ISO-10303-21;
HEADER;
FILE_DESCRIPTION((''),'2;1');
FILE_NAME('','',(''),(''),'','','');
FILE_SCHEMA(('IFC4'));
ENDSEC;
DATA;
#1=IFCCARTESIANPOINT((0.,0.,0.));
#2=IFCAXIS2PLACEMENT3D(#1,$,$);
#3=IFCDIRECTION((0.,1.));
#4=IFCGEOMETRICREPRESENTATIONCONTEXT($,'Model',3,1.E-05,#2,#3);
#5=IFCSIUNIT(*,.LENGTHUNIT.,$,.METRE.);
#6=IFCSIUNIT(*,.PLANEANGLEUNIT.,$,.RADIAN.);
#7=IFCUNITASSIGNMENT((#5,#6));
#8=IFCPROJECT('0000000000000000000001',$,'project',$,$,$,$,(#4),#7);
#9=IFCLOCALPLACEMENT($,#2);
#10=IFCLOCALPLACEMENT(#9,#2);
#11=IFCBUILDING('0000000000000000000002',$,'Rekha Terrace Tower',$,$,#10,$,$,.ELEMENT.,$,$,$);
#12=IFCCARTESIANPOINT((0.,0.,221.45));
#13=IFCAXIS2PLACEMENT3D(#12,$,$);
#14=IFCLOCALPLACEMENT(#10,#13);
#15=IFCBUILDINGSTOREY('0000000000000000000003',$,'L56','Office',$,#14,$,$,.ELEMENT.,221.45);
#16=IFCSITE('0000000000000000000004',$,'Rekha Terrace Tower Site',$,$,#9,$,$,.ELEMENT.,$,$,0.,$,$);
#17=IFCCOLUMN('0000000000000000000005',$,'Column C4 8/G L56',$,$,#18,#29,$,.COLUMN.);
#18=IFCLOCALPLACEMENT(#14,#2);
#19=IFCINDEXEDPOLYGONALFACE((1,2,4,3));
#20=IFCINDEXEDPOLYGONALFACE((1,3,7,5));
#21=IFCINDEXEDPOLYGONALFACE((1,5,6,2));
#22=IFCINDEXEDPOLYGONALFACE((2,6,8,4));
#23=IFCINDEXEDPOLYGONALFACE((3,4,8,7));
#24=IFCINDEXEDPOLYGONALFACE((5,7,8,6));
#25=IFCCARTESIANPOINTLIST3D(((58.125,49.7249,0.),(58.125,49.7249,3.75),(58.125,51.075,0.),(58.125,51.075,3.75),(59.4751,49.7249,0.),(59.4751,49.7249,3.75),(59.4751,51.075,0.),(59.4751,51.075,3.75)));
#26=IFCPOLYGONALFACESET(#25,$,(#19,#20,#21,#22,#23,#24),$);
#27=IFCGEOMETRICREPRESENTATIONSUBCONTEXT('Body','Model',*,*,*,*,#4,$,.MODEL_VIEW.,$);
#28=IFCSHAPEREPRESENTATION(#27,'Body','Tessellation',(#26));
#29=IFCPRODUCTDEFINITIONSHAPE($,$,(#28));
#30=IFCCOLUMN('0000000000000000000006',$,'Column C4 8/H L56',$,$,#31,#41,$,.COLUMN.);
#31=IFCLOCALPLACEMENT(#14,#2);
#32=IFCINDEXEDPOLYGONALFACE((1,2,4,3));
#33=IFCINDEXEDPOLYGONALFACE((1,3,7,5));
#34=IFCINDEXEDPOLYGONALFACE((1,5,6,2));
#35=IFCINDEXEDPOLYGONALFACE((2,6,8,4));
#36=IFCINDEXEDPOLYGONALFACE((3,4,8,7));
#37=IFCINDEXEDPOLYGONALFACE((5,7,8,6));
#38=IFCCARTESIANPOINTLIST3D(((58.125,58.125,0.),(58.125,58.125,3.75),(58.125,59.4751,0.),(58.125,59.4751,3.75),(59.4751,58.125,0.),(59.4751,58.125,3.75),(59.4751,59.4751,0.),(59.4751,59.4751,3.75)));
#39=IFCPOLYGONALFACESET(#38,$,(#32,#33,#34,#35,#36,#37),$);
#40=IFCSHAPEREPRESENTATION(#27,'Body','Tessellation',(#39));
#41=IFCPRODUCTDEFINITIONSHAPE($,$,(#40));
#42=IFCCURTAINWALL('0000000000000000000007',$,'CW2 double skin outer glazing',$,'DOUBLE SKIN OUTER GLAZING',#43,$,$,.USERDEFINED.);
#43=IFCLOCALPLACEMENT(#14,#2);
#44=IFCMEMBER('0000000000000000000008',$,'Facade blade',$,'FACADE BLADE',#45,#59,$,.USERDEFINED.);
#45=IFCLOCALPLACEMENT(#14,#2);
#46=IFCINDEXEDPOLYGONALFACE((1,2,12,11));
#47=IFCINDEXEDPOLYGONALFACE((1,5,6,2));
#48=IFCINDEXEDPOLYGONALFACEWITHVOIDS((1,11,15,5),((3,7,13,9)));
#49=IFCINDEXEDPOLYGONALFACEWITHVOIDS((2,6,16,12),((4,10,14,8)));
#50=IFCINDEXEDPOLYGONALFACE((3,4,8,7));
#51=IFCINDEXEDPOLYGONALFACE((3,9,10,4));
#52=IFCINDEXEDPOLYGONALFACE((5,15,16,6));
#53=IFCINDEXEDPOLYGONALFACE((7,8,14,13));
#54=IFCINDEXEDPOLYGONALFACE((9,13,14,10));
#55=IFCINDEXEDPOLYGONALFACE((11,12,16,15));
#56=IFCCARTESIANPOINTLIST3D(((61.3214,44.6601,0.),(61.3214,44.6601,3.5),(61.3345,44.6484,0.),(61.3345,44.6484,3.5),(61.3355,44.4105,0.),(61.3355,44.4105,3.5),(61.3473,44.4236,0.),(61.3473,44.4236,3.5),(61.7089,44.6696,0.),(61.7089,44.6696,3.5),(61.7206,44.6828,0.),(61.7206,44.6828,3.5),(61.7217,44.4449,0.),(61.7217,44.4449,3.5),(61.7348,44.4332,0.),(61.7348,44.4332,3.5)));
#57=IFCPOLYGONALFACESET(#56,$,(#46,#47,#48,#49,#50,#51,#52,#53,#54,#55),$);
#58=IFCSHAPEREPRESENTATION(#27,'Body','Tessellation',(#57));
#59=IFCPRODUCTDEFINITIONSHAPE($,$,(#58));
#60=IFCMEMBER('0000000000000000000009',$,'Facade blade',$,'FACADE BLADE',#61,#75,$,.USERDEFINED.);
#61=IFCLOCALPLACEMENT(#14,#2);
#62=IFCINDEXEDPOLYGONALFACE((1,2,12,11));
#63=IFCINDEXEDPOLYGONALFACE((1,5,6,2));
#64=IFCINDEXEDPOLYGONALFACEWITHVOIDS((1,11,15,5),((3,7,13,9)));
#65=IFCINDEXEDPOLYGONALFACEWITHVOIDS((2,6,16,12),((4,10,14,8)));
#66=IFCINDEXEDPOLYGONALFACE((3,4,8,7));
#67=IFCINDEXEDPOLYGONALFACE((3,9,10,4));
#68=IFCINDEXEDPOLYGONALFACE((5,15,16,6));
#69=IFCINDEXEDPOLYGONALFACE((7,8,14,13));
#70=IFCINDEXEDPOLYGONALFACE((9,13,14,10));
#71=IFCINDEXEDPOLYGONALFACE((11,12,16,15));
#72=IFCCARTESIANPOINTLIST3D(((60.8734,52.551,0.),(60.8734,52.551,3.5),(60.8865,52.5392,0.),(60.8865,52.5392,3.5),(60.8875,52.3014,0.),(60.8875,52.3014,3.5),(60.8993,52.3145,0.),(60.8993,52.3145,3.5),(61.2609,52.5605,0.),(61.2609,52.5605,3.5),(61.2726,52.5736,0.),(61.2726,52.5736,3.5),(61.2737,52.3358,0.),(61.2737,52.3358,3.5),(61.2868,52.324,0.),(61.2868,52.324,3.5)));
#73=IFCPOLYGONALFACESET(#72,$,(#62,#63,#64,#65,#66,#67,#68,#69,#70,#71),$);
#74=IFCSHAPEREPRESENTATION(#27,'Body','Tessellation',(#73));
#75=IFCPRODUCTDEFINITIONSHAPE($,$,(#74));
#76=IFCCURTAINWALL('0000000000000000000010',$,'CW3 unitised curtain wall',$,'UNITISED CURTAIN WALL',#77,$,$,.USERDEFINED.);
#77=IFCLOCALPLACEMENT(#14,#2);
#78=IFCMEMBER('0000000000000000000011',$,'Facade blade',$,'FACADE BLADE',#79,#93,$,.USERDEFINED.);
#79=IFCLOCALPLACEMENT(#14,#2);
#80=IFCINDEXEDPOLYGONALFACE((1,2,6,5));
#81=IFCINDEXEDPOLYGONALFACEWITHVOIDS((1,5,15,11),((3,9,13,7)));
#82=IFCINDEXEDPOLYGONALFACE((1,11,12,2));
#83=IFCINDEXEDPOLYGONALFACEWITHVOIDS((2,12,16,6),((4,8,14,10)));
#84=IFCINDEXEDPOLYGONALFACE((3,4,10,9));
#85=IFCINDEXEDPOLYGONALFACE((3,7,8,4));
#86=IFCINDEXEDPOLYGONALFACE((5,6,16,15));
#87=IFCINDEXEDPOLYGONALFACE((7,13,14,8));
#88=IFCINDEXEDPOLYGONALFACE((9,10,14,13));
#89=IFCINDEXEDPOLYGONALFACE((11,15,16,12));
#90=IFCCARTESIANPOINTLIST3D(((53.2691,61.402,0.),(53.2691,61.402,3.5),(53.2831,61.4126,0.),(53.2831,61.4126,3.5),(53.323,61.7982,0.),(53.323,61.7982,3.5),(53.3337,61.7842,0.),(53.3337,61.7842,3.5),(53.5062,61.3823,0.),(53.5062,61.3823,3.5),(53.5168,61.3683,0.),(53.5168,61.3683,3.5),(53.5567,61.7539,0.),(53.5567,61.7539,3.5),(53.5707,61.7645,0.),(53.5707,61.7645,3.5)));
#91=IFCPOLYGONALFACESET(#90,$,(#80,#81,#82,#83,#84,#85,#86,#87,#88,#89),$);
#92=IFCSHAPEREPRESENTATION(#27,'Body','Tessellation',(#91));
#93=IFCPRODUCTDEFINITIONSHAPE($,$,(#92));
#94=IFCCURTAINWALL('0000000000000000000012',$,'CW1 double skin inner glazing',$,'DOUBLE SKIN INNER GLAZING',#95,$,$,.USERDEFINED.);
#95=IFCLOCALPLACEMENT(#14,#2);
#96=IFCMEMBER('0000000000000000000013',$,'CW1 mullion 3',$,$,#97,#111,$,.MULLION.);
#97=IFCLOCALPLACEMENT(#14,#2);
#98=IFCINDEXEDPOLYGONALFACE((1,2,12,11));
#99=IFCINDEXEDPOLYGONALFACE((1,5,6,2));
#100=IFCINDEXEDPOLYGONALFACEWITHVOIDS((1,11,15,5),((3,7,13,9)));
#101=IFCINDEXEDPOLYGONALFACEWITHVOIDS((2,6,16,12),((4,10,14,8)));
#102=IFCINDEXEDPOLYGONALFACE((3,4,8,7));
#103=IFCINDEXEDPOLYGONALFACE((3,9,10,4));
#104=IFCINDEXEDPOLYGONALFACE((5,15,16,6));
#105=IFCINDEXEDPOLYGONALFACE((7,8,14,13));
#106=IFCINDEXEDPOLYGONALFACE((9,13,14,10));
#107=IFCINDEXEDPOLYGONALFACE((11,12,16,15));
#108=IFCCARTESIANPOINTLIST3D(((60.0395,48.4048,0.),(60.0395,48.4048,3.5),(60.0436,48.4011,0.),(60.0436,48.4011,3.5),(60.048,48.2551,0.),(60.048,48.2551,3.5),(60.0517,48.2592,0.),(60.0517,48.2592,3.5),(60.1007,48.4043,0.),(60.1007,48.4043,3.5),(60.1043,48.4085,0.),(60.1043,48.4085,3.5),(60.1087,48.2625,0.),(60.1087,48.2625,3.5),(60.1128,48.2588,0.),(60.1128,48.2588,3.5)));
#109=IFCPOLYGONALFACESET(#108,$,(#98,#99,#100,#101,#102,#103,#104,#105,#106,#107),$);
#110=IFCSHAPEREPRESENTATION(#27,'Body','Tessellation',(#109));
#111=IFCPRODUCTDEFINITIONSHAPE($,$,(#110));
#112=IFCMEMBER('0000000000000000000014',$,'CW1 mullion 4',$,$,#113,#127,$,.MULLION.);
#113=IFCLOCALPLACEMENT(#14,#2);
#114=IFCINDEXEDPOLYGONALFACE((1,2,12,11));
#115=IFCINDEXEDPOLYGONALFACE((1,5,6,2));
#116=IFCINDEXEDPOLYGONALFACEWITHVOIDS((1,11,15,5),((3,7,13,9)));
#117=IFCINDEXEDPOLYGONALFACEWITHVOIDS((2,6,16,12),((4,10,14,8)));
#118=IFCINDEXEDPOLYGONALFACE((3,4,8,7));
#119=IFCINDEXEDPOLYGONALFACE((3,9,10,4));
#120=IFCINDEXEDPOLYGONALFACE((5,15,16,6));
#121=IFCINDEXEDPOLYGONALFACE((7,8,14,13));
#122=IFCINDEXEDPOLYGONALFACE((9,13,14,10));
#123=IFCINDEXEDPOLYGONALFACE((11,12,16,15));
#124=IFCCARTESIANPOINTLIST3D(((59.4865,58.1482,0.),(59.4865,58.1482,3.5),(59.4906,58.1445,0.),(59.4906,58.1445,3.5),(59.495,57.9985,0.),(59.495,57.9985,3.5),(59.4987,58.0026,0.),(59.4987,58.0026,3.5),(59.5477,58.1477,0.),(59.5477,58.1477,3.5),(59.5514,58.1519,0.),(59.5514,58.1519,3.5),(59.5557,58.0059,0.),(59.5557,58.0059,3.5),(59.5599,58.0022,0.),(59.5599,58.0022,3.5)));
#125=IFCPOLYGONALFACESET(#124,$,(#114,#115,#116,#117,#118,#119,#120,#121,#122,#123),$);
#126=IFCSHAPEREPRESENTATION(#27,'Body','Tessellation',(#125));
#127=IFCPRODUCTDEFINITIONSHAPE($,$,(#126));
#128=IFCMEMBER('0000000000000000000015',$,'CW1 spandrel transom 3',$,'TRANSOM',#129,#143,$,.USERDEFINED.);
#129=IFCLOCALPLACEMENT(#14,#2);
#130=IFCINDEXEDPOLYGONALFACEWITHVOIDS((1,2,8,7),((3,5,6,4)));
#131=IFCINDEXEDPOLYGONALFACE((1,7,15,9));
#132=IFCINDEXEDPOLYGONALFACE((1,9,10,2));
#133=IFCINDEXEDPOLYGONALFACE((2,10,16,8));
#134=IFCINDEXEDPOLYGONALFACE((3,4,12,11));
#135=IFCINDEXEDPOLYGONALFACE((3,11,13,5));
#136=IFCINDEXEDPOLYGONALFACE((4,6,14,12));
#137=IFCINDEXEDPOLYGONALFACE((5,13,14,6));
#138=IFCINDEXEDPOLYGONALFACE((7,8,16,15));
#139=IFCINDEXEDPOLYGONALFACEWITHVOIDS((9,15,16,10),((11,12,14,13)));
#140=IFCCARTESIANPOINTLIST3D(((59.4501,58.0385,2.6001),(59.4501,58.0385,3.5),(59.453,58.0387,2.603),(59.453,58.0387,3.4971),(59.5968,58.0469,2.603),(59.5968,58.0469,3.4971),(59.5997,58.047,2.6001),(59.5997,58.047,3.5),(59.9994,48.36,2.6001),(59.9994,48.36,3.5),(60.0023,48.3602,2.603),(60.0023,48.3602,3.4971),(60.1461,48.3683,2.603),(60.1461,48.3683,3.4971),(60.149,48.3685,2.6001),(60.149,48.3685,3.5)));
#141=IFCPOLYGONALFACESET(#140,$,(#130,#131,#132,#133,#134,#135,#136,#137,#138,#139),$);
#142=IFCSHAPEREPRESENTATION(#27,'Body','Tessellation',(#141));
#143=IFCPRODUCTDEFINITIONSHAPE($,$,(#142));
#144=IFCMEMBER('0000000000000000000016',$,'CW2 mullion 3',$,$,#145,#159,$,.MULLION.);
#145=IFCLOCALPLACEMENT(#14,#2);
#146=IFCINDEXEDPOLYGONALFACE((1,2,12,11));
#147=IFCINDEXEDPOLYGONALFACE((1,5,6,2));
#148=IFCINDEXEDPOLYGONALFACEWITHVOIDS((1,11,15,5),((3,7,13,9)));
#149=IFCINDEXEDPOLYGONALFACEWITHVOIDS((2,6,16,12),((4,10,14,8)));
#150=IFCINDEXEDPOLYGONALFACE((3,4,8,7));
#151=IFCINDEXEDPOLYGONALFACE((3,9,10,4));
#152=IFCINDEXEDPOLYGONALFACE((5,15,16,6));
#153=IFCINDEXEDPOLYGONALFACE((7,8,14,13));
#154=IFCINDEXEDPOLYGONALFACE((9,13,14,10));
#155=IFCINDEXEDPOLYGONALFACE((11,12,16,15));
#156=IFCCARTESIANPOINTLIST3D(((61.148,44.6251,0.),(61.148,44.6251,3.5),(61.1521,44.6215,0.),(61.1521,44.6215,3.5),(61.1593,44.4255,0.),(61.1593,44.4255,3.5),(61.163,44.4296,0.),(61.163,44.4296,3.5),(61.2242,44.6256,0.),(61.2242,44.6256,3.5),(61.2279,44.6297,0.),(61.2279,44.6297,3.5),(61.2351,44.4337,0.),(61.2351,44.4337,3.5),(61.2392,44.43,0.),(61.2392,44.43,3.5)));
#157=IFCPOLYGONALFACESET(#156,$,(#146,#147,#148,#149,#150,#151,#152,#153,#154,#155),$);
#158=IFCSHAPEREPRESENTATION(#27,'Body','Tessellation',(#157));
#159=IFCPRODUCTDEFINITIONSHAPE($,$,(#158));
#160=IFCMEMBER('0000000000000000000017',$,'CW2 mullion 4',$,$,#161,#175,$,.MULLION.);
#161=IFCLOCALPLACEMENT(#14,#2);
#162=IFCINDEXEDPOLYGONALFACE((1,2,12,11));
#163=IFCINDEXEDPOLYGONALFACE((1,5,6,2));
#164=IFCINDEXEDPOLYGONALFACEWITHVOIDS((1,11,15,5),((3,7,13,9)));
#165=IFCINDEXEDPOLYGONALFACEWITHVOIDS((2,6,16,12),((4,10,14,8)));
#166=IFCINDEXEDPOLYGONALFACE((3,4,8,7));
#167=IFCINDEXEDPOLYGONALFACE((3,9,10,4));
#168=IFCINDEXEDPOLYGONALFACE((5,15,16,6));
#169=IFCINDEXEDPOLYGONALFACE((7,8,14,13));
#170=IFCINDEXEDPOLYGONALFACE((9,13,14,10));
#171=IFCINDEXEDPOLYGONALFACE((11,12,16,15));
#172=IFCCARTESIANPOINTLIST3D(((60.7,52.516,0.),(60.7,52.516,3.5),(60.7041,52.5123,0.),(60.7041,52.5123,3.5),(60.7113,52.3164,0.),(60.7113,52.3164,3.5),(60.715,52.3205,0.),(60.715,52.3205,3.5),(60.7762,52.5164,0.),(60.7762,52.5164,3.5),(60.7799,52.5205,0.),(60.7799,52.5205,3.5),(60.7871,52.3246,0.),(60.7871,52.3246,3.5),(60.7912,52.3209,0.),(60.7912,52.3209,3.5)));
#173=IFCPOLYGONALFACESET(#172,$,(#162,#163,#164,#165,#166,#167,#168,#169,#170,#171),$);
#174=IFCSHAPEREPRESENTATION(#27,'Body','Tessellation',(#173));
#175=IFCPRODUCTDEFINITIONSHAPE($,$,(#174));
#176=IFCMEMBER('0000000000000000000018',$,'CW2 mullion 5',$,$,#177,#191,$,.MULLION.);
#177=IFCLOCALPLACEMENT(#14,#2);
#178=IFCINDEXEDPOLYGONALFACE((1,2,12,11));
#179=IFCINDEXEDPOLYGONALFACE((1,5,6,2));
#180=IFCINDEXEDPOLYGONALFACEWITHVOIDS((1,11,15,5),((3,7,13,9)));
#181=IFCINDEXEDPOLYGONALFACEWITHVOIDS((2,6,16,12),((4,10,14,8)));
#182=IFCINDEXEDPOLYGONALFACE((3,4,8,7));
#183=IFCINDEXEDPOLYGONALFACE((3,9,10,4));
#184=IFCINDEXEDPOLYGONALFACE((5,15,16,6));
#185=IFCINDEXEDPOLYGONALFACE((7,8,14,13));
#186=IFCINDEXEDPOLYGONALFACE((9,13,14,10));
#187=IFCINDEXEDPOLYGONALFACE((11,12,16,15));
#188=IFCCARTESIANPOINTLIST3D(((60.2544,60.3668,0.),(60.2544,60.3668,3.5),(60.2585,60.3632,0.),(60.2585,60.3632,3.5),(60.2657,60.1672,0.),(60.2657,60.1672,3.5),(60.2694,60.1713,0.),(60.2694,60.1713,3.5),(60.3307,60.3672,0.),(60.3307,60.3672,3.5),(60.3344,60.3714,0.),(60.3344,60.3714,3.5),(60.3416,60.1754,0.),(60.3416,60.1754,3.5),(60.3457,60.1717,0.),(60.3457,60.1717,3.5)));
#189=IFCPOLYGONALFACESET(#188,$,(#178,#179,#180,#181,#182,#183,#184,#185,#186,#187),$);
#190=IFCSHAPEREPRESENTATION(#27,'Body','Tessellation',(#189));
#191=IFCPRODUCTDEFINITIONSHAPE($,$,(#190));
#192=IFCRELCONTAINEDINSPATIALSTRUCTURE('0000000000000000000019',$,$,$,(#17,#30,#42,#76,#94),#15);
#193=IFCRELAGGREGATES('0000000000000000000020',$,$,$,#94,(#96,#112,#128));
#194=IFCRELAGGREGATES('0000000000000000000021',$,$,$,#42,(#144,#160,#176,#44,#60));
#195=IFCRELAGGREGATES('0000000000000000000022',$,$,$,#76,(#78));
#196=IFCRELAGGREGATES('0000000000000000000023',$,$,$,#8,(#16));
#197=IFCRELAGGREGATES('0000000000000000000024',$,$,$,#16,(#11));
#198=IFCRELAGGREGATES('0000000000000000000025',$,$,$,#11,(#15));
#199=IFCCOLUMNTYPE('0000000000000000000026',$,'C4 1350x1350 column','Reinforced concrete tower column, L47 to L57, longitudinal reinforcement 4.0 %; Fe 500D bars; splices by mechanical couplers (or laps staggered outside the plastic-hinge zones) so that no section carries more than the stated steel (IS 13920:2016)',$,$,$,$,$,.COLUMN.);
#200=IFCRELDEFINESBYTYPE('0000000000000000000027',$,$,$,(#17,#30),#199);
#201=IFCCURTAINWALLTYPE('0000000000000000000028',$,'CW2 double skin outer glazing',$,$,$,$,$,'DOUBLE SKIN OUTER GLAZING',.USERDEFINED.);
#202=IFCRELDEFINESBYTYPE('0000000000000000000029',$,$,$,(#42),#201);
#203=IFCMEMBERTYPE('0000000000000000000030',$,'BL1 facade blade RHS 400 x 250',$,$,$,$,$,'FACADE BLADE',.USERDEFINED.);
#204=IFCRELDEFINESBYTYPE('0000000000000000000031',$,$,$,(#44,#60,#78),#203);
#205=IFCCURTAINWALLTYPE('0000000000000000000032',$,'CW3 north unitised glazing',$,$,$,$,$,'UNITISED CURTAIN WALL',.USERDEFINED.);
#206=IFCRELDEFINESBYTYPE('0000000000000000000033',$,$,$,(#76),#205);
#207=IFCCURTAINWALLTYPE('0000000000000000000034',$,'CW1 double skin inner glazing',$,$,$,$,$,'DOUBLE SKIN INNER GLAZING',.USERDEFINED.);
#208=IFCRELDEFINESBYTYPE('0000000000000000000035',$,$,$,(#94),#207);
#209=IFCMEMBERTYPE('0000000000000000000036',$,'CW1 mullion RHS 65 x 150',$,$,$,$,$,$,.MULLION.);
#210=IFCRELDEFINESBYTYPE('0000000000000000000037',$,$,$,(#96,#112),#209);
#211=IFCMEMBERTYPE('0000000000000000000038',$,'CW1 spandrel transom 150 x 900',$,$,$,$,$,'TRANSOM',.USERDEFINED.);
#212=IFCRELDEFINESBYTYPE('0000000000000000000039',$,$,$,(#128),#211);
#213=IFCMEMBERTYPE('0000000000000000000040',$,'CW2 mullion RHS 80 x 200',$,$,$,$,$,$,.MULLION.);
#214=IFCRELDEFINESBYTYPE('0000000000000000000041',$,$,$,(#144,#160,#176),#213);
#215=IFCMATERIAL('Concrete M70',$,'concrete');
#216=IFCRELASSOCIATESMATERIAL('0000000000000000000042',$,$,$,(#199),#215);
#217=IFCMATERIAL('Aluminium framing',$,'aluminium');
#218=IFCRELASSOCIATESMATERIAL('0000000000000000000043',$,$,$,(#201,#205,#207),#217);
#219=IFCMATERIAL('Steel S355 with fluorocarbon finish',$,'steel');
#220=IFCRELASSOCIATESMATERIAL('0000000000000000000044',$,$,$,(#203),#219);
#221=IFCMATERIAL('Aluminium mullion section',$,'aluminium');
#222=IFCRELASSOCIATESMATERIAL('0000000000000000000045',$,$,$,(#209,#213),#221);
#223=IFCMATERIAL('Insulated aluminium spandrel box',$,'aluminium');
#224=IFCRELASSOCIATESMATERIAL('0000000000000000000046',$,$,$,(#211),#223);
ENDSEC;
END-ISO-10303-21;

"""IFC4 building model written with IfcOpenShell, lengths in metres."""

from ifc_helpers import new_model, si_unit, direction, frame, origin, origin_2d, place, context, subcontext, project, spatial, rectangle, hollow_rectangle, extrude, material, material_profile, profile_set, type_object, element, aggregate, save


model = new_model("IFC4")

# Units and contexts
model_context = context("Model", 3, precision=1e-05, world=origin(), true_north=direction((0.0, 1.0)))
body_context = subcontext(model_context, "Body", "Model", "MODEL_VIEW")
ifc_project = project(units=[si_unit("LENGTHUNIT", "METRE"), si_unit("PLANEANGLEUNIT", "RADIAN")], contexts=[model_context])

# Site, building, storey
site_placement = place(None, origin())
site = spatial("IfcSite", under=ifc_project, at=site_placement, Name="Rekha Terrace Tower Site", CompositionType="ELEMENT", RefElevation=0.0)
building_placement = place(site_placement, origin())
building = spatial("IfcBuilding", under=site, at=building_placement, Name="Rekha Terrace Tower", CompositionType="ELEMENT")
storey_placement = place(building_placement, frame((0.0, 0.0, 221.45)))
storey = spatial("IfcBuildingStorey", under=building, at=storey_placement, Name="L56", Description="Office", CompositionType="ELEMENT", Elevation=221.45)

# Columns
ifc_material_1 = material(Name="Concrete M70", Category="concrete")
ifc_material_profile_1 = material_profile(ifc_material_1, rectangle(XDim=1.3501, YDim=1.3501, at=origin_2d()), Name="RC 1350x1350")
ifc_profile_set_1 = profile_set([ifc_material_profile_1], Name="Concrete M70")
column_type = type_object("IfcColumnType", Name="C4 1350x1350 column", Description="Reinforced concrete tower column, L47 to L57, longitudinal reinforcement 4.0 %; Fe 500D bars; splices by mechanical couplers (or laps staggered outside the plastic-hinge zones) so that no section carries more than the stated steel (IS 13920:2016)", PredefinedType="COLUMN", material=ifc_profile_set_1)
for number, where, z_axis, x_axis, name in (
    (1, (58.8, 50.3999, 0.0), (0.0, 0.0, 1.0), (1.0, 0.0, 0.0), "Column C4 8/G L56"),
    (2, (58.8, 58.8, 0.0), (0.0, 0.0, 1.0), (1.0, 0.0, 0.0), "Column C4 8/H L56"),
):
    element("IfcColumn", number, at=place(storey_placement, frame(where, z_axis=z_axis, x_axis=x_axis)), inside=storey, type_object=column_type, Name=name, PredefinedType="COLUMN", context=body_context, shape_type="SweptSolid", body=[
        extrude(rectangle(XDim=1.3501, YDim=1.3501, at=origin_2d()), origin(), (0.0, 0.0, 1.0), 3.75),
    ])

# Curtain wall, members
ifc_material_2 = material(Name="Aluminium framing", Category="aluminium")
curtain_wall_type_1 = type_object("IfcCurtainWallType", Name="CW2 double skin outer glazing", ElementType="DOUBLE SKIN OUTER GLAZING", PredefinedType="USERDEFINED", material=ifc_material_2)
curtain_wall_1_placement = place(storey_placement, origin())
curtain_wall_1 = element("IfcCurtainWall", 3, at=curtain_wall_1_placement, inside=storey, type_object=curtain_wall_type_1, Name="CW2 double skin outer glazing", ObjectType="DOUBLE SKIN OUTER GLAZING", PredefinedType="USERDEFINED")
ifc_material_3 = material(Name="Steel S355 with fluorocarbon finish", Category="steel")
ifc_material_profile_2 = material_profile(ifc_material_3, hollow_rectangle(XDim=0.25, YDim=0.3999, WallThickness=0.0125, at=origin_2d()), Name="RHS400x250x12.5")
ifc_profile_set_2 = profile_set([ifc_material_profile_2], Name="Steel S355 with fluorocarbon finish")
member_type_1 = type_object("IfcMemberType", Name="BL1 facade blade RHS 400 x 250", ElementType="FACADE BLADE", PredefinedType="USERDEFINED", material=ifc_profile_set_2)
member_1_placement = place(storey_placement, frame((61.5281, 44.5466, 0.0), z_axis=(0.0, 0.0, 1.0), x_axis=(-0.056674, 0.998393, 0.0)))
member_1 = element("IfcMember", 4, at=member_1_placement, type_object=member_type_1, Name="Facade blade", ObjectType="FACADE BLADE", PredefinedType="USERDEFINED", context=body_context, shape_type="SweptSolid", body=[
    extrude(hollow_rectangle(XDim=0.25, YDim=0.3999, WallThickness=0.0125, at=origin_2d()), origin(), (0.0, 0.0, 1.0), 3.5),
])
member_2_placement = place(storey_placement, frame((61.0801, 52.4375, 0.0), z_axis=(0.0, 0.0, 1.0), x_axis=(-0.056674, 0.998393, 0.0)))
member_2 = element("IfcMember", 5, at=member_2_placement, type_object=member_type_1, Name="Facade blade", ObjectType="FACADE BLADE", PredefinedType="USERDEFINED", context=body_context, shape_type="SweptSolid", body=[
    extrude(hollow_rectangle(XDim=0.25, YDim=0.3999, WallThickness=0.0125, at=origin_2d()), origin(), (0.0, 0.0, 1.0), 3.5),
])

# Curtain wall, member
curtain_wall_type_2 = type_object("IfcCurtainWallType", Name="CW3 north unitised glazing", ElementType="UNITISED CURTAIN WALL", PredefinedType="USERDEFINED", material=ifc_material_2)
curtain_wall_2_placement = place(storey_placement, origin())
curtain_wall_2 = element("IfcCurtainWall", 6, at=curtain_wall_2_placement, inside=storey, type_object=curtain_wall_type_2, Name="CW3 unitised curtain wall", ObjectType="UNITISED CURTAIN WALL", PredefinedType="USERDEFINED")
member_3_placement = place(storey_placement, frame((53.4199, 61.5833, 0.0), z_axis=(0.0, 0.0, 1.0), x_axis=(-0.990867, 0.134841, 0.0)))
member_3 = element("IfcMember", 7, at=member_3_placement, type_object=member_type_1, Name="Facade blade", ObjectType="FACADE BLADE", PredefinedType="USERDEFINED", context=body_context, shape_type="SweptSolid", body=[
    extrude(hollow_rectangle(XDim=0.25, YDim=0.3999, WallThickness=0.0125, at=origin_2d()), origin(), (0.0, 0.0, 1.0), 3.5),
])

# Curtain wall, members
curtain_wall_type_3 = type_object("IfcCurtainWallType", Name="CW1 double skin inner glazing", ElementType="DOUBLE SKIN INNER GLAZING", PredefinedType="USERDEFINED", material=ifc_material_2)
curtain_wall_3_placement = place(storey_placement, origin())
curtain_wall_3 = element("IfcCurtainWall", 8, at=curtain_wall_3_placement, inside=storey, type_object=curtain_wall_type_3, Name="CW1 double skin inner glazing", ObjectType="DOUBLE SKIN INNER GLAZING", PredefinedType="USERDEFINED")
ifc_material_4 = material(Name="Aluminium mullion section", Category="aluminium")
ifc_material_profile_3 = material_profile(ifc_material_4, hollow_rectangle(XDim=0.0649, YDim=0.1499, WallThickness=0.0039, at=origin_2d()), Name="AL RHS 65x150")
ifc_profile_set_3 = profile_set([ifc_material_profile_3], Name="Aluminium mullion section")
member_type_2 = type_object("IfcMemberType", Name="CW1 mullion RHS 65 x 150", PredefinedType="MULLION", material=ifc_profile_set_3)
member_4_placement = place(storey_placement, frame((60.0762, 48.3318, 0.0), z_axis=(0.0, 0.0, 1.0), x_axis=(-0.998393, -0.056673, 0.0)))
member_4 = element("IfcMember", 9, at=member_4_placement, type_object=member_type_2, Name="CW1 mullion 3", PredefinedType="MULLION", context=body_context, shape_type="SweptSolid", body=[
    extrude(hollow_rectangle(XDim=0.0649, YDim=0.1499, WallThickness=0.0039, at=origin_2d()), origin(), (0.0, 0.0, 1.0), 3.5),
])
member_5_placement = place(storey_placement, frame((59.5232, 58.0752, 0.0), z_axis=(0.0, 0.0, 1.0), x_axis=(-0.998393, -0.056673, 0.0)))
member_5 = element("IfcMember", 10, at=member_5_placement, type_object=member_type_2, Name="CW1 mullion 4", PredefinedType="MULLION", context=body_context, shape_type="SweptSolid", body=[
    extrude(hollow_rectangle(XDim=0.0649, YDim=0.1499, WallThickness=0.0039, at=origin_2d()), origin(), (0.0, 0.0, 1.0), 3.5),
])
ifc_material_5 = material(Name="Insulated aluminium spandrel box", Category="aluminium")
ifc_material_profile_4 = material_profile(ifc_material_5, hollow_rectangle(XDim=0.1499, YDim=0.8999, WallThickness=0.0029, at=origin_2d()), Name="AL SPANDREL BOX 150x900")
ifc_profile_set_4 = profile_set([ifc_material_profile_4], Name="Insulated aluminium spandrel box")
member_type_3 = type_object("IfcMemberType", Name="CW1 spandrel transom 150 x 900", ElementType="TRANSOM", PredefinedType="USERDEFINED", material=ifc_profile_set_4)
member_6_placement = place(storey_placement, frame((60.0742, 48.3643, 3.05), z_axis=(-0.056665, 0.998393, 0.0), x_axis=(-0.998393, -0.056665, 0.0)))
member_6 = element("IfcMember", 11, at=member_6_placement, type_object=member_type_3, Name="CW1 spandrel transom 3", ObjectType="TRANSOM", PredefinedType="USERDEFINED", context=body_context, shape_type="SweptSolid", body=[
    extrude(hollow_rectangle(XDim=0.1499, YDim=0.8999, WallThickness=0.0029, at=origin_2d()), origin(), (0.0, 0.0, 1.0), 9.6941),
])

# Members
ifc_material_profile_5 = material_profile(ifc_material_4, hollow_rectangle(XDim=0.0801, YDim=0.2, WallThickness=0.0039, at=origin_2d()), Name="AL RHS 80x200")
ifc_profile_set_5 = profile_set([ifc_material_profile_5], Name="Aluminium mullion section")
member_type_4 = type_object("IfcMemberType", Name="CW2 mullion RHS 80 x 200", PredefinedType="MULLION", material=ifc_profile_set_5)
member_7_placement = place(storey_placement, frame((61.1936, 44.5276, 0.0), z_axis=(0.0, 0.0, 1.0), x_axis=(-0.998393, -0.056673, 0.0)))
member_7 = element("IfcMember", 12, at=member_7_placement, type_object=member_type_4, Name="CW2 mullion 3", PredefinedType="MULLION", context=body_context, shape_type="SweptSolid", body=[
    extrude(hollow_rectangle(XDim=0.0801, YDim=0.2, WallThickness=0.0039, at=origin_2d()), origin(), (0.0, 0.0, 1.0), 3.5),
])
member_8_placement = place(storey_placement, frame((60.7456, 52.4185, 0.0), z_axis=(0.0, 0.0, 1.0), x_axis=(-0.998393, -0.056673, 0.0)))
member_8 = element("IfcMember", 13, at=member_8_placement, type_object=member_type_4, Name="CW2 mullion 4", PredefinedType="MULLION", context=body_context, shape_type="SweptSolid", body=[
    extrude(hollow_rectangle(XDim=0.0801, YDim=0.2, WallThickness=0.0039, at=origin_2d()), origin(), (0.0, 0.0, 1.0), 3.5),
])
member_9_placement = place(storey_placement, frame((60.3, 60.2693, 0.0), z_axis=(0.0, 0.0, 1.0), x_axis=(-0.998393, -0.056673, 0.0)))
member_9 = element("IfcMember", 14, at=member_9_placement, type_object=member_type_4, Name="CW2 mullion 5", PredefinedType="MULLION", context=body_context, shape_type="SweptSolid", body=[
    extrude(hollow_rectangle(XDim=0.0801, YDim=0.2, WallThickness=0.0039, at=origin_2d()), origin(), (0.0, 0.0, 1.0), 3.5),
])

aggregate(curtain_wall_3, [member_4, member_5, member_6])
aggregate(curtain_wall_1, [member_7, member_8, member_9, member_1, member_2])
aggregate(curtain_wall_2, [member_3])

save(model, "model.ifc")
